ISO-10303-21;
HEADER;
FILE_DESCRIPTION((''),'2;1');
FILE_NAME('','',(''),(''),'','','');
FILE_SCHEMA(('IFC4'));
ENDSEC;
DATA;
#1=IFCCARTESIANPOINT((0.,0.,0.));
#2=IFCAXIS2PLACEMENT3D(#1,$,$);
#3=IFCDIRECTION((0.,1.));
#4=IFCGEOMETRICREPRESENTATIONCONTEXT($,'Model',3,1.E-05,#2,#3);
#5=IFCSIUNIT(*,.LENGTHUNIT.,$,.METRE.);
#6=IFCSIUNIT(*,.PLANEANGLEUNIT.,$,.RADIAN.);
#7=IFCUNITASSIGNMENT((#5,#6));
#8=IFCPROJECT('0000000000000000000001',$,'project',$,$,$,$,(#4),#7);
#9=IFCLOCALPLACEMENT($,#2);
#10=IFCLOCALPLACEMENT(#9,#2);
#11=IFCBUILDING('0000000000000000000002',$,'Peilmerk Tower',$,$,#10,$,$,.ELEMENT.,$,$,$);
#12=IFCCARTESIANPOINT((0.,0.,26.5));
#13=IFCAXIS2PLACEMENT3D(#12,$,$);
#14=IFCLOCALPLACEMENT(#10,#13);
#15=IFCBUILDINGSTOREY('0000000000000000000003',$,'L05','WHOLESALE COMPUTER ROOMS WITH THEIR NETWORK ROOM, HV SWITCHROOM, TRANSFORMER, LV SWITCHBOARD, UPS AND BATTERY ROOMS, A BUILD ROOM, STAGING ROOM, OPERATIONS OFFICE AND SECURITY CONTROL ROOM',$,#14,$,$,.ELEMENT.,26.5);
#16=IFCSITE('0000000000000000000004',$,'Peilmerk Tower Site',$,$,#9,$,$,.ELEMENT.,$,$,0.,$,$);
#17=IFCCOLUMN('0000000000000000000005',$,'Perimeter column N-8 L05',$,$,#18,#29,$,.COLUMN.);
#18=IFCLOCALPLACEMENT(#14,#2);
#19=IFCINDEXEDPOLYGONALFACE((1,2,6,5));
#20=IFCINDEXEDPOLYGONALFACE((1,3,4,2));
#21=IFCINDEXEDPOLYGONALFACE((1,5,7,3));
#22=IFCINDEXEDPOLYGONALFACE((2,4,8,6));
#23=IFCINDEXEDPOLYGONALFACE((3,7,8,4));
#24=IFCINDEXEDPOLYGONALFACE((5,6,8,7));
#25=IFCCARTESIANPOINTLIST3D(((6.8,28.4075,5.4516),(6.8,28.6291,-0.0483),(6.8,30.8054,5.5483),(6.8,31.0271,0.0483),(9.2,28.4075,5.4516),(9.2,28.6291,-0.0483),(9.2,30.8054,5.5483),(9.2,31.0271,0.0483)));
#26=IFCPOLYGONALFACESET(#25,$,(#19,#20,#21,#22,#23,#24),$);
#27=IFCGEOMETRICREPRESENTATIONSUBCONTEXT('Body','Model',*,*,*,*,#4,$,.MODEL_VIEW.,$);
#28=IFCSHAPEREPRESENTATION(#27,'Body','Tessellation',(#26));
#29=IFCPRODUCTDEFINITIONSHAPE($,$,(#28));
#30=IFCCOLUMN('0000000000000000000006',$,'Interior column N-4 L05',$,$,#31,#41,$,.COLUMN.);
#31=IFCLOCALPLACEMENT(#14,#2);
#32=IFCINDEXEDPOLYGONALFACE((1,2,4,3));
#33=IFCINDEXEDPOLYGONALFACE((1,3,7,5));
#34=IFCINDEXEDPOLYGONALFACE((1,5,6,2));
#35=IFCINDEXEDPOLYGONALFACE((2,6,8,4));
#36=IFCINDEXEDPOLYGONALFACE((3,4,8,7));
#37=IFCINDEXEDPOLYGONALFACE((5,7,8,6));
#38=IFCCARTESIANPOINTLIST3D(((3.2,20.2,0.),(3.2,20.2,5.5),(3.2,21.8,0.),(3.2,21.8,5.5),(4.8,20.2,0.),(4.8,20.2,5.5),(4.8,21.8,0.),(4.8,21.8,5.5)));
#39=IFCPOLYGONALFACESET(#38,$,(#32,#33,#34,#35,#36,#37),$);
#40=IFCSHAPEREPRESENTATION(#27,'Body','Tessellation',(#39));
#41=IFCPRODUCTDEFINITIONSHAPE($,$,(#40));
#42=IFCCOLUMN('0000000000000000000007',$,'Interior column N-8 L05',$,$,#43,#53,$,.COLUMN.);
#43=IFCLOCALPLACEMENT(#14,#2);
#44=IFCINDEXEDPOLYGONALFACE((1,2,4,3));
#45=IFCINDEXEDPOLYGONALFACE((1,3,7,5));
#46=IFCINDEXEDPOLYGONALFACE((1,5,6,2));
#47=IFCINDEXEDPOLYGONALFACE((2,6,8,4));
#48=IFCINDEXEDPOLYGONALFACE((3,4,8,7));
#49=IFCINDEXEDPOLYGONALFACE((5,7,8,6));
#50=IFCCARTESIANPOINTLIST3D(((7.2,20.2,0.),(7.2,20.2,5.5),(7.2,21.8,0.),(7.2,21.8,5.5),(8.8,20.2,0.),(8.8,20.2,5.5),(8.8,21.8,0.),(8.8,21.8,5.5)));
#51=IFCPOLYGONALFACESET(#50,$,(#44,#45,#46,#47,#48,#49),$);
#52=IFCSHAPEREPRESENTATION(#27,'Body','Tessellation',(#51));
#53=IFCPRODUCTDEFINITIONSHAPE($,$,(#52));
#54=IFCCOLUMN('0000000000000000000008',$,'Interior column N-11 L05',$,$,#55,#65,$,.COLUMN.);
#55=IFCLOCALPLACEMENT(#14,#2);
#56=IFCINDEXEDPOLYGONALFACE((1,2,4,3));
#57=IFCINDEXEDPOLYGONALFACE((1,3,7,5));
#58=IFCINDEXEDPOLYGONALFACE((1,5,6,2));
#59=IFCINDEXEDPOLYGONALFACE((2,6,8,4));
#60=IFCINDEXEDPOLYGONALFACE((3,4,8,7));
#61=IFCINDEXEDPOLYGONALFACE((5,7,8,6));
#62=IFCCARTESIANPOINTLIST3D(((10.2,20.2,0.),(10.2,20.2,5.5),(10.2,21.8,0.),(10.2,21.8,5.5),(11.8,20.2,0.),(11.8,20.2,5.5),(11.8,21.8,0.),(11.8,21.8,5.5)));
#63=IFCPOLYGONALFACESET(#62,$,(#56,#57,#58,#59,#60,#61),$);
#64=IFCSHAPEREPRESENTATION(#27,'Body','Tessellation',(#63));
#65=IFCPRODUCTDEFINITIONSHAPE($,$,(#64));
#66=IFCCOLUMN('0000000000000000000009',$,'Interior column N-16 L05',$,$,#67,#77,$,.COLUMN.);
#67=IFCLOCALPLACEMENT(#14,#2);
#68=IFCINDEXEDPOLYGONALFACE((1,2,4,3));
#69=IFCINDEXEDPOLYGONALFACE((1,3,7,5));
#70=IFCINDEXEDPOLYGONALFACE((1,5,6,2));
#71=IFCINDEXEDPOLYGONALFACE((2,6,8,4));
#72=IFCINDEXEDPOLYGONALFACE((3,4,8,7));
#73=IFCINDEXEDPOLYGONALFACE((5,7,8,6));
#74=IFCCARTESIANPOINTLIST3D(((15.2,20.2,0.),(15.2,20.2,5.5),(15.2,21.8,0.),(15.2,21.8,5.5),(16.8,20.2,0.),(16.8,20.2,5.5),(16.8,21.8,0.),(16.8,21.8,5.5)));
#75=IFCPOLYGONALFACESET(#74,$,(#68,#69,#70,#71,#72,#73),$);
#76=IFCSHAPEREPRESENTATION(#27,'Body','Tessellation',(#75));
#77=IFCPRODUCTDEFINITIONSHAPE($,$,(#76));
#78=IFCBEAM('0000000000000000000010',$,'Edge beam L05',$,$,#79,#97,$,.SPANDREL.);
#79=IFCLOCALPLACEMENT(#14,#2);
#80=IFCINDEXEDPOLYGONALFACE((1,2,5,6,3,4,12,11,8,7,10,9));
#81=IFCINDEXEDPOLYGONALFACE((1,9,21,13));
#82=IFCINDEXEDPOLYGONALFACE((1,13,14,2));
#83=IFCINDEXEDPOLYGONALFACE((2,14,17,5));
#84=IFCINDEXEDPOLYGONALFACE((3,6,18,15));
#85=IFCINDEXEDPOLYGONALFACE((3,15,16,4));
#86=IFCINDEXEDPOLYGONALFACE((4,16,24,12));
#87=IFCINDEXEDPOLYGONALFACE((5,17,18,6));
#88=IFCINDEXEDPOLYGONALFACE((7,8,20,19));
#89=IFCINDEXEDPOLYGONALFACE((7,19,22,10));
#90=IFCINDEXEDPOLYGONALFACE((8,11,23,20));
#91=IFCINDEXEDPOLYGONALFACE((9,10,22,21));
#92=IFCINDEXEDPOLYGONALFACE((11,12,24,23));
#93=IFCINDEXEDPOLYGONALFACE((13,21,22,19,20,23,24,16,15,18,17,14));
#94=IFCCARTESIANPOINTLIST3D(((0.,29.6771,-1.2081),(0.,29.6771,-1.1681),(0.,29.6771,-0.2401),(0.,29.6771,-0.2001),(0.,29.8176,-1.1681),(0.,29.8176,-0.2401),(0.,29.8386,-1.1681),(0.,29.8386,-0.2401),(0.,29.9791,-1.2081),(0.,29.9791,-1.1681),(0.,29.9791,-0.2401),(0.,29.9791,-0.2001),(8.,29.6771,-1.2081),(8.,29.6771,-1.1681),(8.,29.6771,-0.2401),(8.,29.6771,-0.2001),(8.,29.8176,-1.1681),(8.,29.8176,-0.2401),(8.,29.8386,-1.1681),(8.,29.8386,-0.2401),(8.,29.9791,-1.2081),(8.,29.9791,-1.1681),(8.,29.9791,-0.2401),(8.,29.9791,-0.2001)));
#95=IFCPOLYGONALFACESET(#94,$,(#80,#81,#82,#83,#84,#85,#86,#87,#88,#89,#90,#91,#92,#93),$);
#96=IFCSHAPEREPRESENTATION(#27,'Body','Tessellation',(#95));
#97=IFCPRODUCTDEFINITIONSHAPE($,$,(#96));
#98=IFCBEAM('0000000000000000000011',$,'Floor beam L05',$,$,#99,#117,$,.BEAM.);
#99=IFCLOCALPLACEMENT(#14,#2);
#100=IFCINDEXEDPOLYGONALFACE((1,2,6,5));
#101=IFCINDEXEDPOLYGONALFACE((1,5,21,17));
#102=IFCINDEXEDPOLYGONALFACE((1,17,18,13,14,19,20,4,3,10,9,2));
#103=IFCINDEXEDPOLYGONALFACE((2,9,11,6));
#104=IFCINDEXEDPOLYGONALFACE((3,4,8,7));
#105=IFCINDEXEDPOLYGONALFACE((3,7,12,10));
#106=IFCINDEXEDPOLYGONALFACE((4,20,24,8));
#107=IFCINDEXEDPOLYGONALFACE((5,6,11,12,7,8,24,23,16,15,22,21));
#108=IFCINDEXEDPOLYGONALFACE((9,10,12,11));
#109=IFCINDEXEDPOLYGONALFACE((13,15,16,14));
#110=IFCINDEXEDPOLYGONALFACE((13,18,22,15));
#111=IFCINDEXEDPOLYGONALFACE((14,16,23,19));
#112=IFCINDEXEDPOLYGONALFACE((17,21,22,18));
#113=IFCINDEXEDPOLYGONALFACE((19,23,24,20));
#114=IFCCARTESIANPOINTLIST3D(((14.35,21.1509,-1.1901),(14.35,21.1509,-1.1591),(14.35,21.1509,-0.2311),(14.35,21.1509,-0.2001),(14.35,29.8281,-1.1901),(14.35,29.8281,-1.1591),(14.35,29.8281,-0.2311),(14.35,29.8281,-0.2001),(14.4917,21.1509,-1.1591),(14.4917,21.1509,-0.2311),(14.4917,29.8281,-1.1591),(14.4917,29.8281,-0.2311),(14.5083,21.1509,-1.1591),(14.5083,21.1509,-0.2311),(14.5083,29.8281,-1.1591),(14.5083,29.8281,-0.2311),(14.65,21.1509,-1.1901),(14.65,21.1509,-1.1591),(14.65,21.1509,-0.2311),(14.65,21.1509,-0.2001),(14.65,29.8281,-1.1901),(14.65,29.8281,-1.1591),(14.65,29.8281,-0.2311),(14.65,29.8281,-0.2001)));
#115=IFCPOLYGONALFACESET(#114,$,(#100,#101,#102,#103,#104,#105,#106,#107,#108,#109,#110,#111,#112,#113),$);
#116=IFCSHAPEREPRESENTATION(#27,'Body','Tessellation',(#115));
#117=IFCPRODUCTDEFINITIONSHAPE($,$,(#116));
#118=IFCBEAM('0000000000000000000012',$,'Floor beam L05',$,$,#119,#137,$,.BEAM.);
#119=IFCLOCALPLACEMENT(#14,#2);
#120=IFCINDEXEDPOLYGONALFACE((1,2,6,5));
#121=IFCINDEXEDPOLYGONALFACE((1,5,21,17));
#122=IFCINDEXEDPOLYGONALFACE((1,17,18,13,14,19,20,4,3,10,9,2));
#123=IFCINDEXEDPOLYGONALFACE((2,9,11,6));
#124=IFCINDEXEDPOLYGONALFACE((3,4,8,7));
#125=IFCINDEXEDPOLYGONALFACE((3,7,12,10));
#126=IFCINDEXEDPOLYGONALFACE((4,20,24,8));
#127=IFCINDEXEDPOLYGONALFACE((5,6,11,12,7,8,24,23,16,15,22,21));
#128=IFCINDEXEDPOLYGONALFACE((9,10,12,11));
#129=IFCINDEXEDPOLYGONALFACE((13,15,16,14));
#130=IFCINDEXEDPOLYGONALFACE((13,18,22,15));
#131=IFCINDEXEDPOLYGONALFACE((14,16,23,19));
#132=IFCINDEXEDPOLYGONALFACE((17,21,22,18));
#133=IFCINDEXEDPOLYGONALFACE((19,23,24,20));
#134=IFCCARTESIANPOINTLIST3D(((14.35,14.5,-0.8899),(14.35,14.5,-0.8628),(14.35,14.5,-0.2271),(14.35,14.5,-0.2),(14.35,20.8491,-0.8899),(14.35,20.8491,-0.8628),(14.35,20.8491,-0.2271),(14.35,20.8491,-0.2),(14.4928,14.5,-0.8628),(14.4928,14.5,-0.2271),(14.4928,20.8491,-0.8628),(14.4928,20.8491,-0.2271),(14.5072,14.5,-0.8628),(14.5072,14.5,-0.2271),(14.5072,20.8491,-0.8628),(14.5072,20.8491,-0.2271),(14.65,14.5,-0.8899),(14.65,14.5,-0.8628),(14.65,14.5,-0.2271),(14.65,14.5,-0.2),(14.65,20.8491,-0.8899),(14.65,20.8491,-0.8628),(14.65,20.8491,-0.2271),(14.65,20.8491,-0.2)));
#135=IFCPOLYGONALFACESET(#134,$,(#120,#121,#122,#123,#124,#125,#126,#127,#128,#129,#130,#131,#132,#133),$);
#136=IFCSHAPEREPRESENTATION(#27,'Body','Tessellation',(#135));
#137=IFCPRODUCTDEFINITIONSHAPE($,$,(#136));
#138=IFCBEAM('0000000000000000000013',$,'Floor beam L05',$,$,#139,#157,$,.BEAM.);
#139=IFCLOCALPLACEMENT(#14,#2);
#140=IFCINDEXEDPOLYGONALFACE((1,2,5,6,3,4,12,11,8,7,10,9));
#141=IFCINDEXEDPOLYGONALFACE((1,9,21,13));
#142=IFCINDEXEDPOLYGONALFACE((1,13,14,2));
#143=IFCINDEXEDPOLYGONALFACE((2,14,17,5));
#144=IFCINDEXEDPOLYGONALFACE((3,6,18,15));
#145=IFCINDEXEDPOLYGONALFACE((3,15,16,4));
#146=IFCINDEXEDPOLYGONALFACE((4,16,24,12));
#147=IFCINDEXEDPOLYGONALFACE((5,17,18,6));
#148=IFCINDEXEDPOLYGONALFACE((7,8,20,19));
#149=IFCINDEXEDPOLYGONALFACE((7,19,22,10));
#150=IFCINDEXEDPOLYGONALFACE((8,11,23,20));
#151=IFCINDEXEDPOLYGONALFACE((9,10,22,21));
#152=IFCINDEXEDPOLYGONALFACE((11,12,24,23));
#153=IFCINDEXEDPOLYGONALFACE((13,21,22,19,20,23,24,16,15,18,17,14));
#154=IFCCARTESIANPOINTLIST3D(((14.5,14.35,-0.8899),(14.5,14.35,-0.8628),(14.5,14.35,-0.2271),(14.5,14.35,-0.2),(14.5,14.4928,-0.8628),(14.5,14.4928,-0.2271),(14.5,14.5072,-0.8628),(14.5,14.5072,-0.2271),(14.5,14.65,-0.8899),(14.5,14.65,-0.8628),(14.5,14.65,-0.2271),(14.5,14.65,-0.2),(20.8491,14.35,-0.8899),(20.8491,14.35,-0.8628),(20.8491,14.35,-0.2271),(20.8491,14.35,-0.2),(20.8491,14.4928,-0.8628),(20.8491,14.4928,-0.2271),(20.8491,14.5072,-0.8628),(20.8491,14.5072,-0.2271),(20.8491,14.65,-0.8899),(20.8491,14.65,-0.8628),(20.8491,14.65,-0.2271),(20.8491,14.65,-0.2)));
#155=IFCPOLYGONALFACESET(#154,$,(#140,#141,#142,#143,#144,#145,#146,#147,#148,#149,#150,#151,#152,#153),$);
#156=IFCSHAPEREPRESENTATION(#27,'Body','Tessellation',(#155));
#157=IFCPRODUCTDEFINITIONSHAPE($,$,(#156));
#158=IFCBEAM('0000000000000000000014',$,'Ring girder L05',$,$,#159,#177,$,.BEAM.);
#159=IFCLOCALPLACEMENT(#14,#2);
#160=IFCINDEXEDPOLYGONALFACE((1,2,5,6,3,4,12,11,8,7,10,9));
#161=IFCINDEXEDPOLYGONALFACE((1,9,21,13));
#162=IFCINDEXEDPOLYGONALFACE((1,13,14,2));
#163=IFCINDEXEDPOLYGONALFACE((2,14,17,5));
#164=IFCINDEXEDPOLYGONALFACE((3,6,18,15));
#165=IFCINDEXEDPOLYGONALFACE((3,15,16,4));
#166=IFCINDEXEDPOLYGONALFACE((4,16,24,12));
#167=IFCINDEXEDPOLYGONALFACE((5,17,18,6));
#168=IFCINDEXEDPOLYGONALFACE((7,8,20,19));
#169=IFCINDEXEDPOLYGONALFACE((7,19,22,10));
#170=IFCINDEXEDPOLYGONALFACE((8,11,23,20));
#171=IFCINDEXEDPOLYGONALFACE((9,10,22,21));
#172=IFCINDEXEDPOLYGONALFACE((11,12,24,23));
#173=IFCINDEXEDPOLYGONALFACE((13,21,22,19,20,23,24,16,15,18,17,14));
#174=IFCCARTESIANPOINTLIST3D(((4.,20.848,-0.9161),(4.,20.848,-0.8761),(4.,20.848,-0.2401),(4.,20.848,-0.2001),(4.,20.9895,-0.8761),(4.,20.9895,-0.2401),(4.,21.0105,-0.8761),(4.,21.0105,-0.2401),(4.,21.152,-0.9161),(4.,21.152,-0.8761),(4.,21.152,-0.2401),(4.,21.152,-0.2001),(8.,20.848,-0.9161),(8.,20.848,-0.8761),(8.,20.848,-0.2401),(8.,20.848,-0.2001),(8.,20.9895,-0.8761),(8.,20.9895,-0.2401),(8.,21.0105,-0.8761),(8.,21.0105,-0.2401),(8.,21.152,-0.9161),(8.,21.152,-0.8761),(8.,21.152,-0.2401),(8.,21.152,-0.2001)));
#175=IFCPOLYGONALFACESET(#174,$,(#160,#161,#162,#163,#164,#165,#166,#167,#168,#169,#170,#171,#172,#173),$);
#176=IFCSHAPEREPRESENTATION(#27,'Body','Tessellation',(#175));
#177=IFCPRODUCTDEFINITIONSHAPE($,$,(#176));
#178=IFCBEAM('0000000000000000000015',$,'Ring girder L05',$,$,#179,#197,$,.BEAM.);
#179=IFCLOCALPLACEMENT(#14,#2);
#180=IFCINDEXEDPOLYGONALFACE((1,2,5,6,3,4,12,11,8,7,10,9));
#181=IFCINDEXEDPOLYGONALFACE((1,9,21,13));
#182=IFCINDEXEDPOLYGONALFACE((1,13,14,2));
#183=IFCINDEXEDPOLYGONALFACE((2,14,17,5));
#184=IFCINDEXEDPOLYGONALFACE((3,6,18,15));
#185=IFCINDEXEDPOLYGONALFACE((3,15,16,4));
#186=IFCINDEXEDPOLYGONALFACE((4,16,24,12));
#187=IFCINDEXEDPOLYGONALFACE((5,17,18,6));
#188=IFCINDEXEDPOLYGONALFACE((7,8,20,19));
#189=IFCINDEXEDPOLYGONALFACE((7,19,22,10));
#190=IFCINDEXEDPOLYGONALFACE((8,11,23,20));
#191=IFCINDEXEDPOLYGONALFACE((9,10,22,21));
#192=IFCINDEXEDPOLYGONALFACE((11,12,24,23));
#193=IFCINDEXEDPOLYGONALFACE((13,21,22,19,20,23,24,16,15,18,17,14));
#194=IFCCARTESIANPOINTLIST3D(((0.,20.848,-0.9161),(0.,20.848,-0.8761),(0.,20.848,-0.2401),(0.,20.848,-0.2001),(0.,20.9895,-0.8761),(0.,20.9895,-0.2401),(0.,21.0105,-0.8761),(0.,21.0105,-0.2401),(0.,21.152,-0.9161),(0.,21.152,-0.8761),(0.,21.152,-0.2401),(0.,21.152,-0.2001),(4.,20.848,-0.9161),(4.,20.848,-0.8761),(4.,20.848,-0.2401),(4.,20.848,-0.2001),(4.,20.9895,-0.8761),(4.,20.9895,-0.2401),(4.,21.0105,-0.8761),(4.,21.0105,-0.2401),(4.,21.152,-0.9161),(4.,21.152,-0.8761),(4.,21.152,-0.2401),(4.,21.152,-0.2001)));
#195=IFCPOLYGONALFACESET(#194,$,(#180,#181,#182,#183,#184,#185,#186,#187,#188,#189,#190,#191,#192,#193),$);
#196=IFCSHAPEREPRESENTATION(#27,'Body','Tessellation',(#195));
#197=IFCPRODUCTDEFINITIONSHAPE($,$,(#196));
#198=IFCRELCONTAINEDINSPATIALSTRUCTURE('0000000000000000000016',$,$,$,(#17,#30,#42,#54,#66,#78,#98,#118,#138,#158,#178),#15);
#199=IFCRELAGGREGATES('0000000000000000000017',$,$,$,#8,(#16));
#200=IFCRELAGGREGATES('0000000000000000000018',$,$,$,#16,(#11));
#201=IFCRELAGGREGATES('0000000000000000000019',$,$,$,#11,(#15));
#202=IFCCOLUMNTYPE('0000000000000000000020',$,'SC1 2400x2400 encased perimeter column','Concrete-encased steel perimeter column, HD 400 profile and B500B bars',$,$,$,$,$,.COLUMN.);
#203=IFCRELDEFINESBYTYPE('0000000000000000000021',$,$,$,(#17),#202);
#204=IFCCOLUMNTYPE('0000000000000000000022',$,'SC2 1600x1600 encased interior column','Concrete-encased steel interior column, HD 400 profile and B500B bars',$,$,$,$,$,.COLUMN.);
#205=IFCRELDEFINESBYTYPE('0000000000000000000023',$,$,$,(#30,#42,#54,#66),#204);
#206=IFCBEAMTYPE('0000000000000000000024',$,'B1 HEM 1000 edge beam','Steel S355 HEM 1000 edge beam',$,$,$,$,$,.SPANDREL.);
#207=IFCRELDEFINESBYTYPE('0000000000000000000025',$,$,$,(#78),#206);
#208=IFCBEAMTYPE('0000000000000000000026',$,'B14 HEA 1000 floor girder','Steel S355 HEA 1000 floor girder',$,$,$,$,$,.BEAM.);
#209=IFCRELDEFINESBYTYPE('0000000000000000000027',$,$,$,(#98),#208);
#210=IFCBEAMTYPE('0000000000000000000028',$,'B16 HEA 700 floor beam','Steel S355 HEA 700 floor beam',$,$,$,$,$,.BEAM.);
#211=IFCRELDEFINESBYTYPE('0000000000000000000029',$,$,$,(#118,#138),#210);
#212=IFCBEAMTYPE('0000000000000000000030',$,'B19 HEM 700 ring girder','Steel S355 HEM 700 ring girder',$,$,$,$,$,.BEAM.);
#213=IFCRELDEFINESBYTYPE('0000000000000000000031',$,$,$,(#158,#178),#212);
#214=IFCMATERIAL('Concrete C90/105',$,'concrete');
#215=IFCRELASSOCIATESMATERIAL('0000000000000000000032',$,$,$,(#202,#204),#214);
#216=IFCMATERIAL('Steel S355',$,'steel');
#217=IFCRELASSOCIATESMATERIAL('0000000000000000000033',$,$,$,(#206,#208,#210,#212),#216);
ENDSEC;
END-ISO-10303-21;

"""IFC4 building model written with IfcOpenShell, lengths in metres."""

from ifc_helpers import new_model, si_unit, direction, frame, origin, origin_2d, place, context, subcontext, project, spatial, rectangle, i_section, extrude, material, material_profile, profile_set, type_object, element, save


model = new_model("IFC4")

# Units and contexts
model_context = context("Model", 3, precision=1e-05, world=origin(), true_north=direction((0.0, 1.0)))
body_context = subcontext(model_context, "Body", "Model", "MODEL_VIEW")
ifc_project = project(units=[si_unit("LENGTHUNIT", "METRE"), si_unit("PLANEANGLEUNIT", "RADIAN")], contexts=[model_context])

# Site, building, storey
site_placement = place(None, origin())
site = spatial("IfcSite", under=ifc_project, at=site_placement, Name="Peilmerk Tower Site", CompositionType="ELEMENT", RefElevation=0.0)
building_placement = place(site_placement, origin())
building = spatial("IfcBuilding", under=site, at=building_placement, Name="Peilmerk Tower", CompositionType="ELEMENT")
storey_placement = place(building_placement, frame((0.0, 0.0, 26.5)))
storey = spatial("IfcBuildingStorey", under=building, at=storey_placement, Name="L05", Description="WHOLESALE COMPUTER ROOMS WITH THEIR NETWORK ROOM, HV SWITCHROOM, TRANSFORMER, LV SWITCHBOARD, UPS AND BATTERY ROOMS, A BUILD ROOM, STAGING ROOM, OPERATIONS OFFICE AND SECURITY CONTROL ROOM", CompositionType="ELEMENT", Elevation=26.5)

# Columns
ifc_material_1 = material(Name="Concrete C90/105", Category="concrete")
ifc_material_profile_1 = material_profile(ifc_material_1, rectangle(XDim=2.3999, YDim=2.3999, at=origin_2d()), Name="RC 2400x2400")
ifc_profile_set_1 = profile_set([ifc_material_profile_1], Name="Concrete C90/105")
column_type_1 = type_object("IfcColumnType", Name="SC1 2400x2400 encased perimeter column", Description="Concrete-encased steel perimeter column, HD 400 profile and B500B bars", PredefinedType="COLUMN", material=ifc_profile_set_1)
column_placement = place(storey_placement, frame((8.0, 29.8281, 0.0), z_axis=(0.0, -0.040273, 0.999189), x_axis=(1.0, 0.0, 0.0)))
element("IfcColumn", 1, at=column_placement, inside=storey, type_object=column_type_1, Name="Perimeter column N-8 L05", PredefinedType="COLUMN", context=body_context, shape_type="SweptSolid", body=[
    extrude(rectangle(XDim=2.3999, YDim=2.3999, at=origin_2d()), origin(), (0.0, 0.0, 1.0), 5.5044),
])
ifc_material_profile_2 = material_profile(ifc_material_1, rectangle(XDim=1.6001, YDim=1.6001, at=origin_2d()), Name="RC 1600x1600")
ifc_profile_set_2 = profile_set([ifc_material_profile_2], Name="Concrete C90/105")
column_type_2 = type_object("IfcColumnType", Name="SC2 1600x1600 encased interior column", Description="Concrete-encased steel interior column, HD 400 profile and B500B bars", PredefinedType="COLUMN", material=ifc_profile_set_2)
for number, where, z_axis, x_axis, name in (
    (2, (4.0, 21.0, 0.0), (0.0, 0.0, 1.0), (1.0, 0.0, 0.0), "Interior column N-4 L05"),
    (3, (8.0, 21.0, 0.0), (0.0, 0.0, 1.0), (1.0, 0.0, 0.0), "Interior column N-8 L05"),
    (4, (11.0, 21.0, 0.0), (0.0, 0.0, 1.0), (1.0, 0.0, 0.0), "Interior column N-11 L05"),
    (5, (16.0, 21.0, 0.0), (0.0, 0.0, 1.0), (1.0, 0.0, 0.0), "Interior column N-16 L05"),
):
    element("IfcColumn", number, at=place(storey_placement, frame(where, z_axis=z_axis, x_axis=x_axis)), inside=storey, type_object=column_type_2, Name=name, PredefinedType="COLUMN", context=body_context, shape_type="SweptSolid", body=[
        extrude(rectangle(XDim=1.6001, YDim=1.6001, at=origin_2d()), origin(), (0.0, 0.0, 1.0), 5.5),
    ])

# Beams
ifc_material_2 = material(Name="Steel S355", Category="steel")
ifc_material_profile_3 = material_profile(ifc_material_2, i_section(OverallWidth=0.302, OverallDepth=1.0081, WebThickness=0.021, FlangeThickness=0.04, at=origin_2d()), Name="HEM 1000")
ifc_profile_set_3 = profile_set([ifc_material_profile_3], Name="Steel S355")
beam_type_1 = type_object("IfcBeamType", Name="B1 HEM 1000 edge beam", Description="Steel S355 HEM 1000 edge beam", PredefinedType="SPANDREL", material=ifc_profile_set_3)
beam_1_placement = place(storey_placement, frame((8.0, 29.8281, -0.7041), z_axis=(-1.0, 0.0, 0.0), x_axis=(0.0, -1.0, 0.0)))
element("IfcBeam", 6, at=beam_1_placement, inside=storey, type_object=beam_type_1, Name="Edge beam L05", PredefinedType="SPANDREL", context=body_context, shape_type="SweptSolid", body=[
    extrude(i_section(OverallWidth=0.302, OverallDepth=1.0081, WebThickness=0.021, FlangeThickness=0.04, at=origin_2d()), origin(), (0.0, 0.0, 1.0), 8.0),
])
ifc_material_profile_4 = material_profile(ifc_material_2, i_section(OverallWidth=0.3, OverallDepth=0.99, WebThickness=0.0166, FlangeThickness=0.031, at=origin_2d()), Name="HEA 1000")
ifc_profile_set_4 = profile_set([ifc_material_profile_4], Name="Steel S355")
beam_type_2 = type_object("IfcBeamType", Name="B14 HEA 1000 floor girder", Description="Steel S355 HEA 1000 floor girder", PredefinedType="BEAM", material=ifc_profile_set_4)
beam_2_placement = place(storey_placement, frame((14.5, 21.1509, -0.6951), z_axis=(0.0, 1.0, 0.0), x_axis=(-1.0, 0.0, 0.0)))
element("IfcBeam", 7, at=beam_2_placement, inside=storey, type_object=beam_type_2, Name="Floor beam L05", PredefinedType="BEAM", context=body_context, shape_type="SweptSolid", body=[
    extrude(i_section(OverallWidth=0.3, OverallDepth=0.99, WebThickness=0.0166, FlangeThickness=0.031, at=origin_2d()), origin(), (0.0, 0.0, 1.0), 8.6772),
])
ifc_material_profile_5 = material_profile(ifc_material_2, i_section(OverallWidth=0.3, OverallDepth=0.6899, WebThickness=0.0144, FlangeThickness=0.0271, at=origin_2d()), Name="HEA 700")
ifc_profile_set_5 = profile_set([ifc_material_profile_5], Name="Steel S355")
beam_type_3 = type_object("IfcBeamType", Name="B16 HEA 700 floor beam", Description="Steel S355 HEA 700 floor beam", PredefinedType="BEAM", material=ifc_profile_set_5)
for number, where, z_axis, x_axis, name in (
    (8, (14.5, 14.5, -0.5449), (0.0, 1.0, 0.0), (-1.0, 0.0, 0.0), "Floor beam L05"),
    (9, (14.5, 14.5, -0.5449), (1.0, 0.0, 0.0), (0.0, 1.0, 0.0), "Floor beam L05"),
):
    element("IfcBeam", number, at=place(storey_placement, frame(where, z_axis=z_axis, x_axis=x_axis)), inside=storey, type_object=beam_type_3, Name=name, PredefinedType="BEAM", context=body_context, shape_type="SweptSolid", body=[
        extrude(i_section(OverallWidth=0.3, OverallDepth=0.6899, WebThickness=0.0144, FlangeThickness=0.0271, at=origin_2d()), origin(), (0.0, 0.0, 1.0), 6.3491),
    ])
ifc_material_profile_6 = material_profile(ifc_material_2, i_section(OverallWidth=0.304, OverallDepth=0.7161, WebThickness=0.021, FlangeThickness=0.04, at=origin_2d()), Name="HEM 700")
ifc_profile_set_6 = profile_set([ifc_material_profile_6], Name="Steel S355")
beam_type_4 = type_object("IfcBeamType", Name="B19 HEM 700 ring girder", Description="Steel S355 HEM 700 ring girder", PredefinedType="BEAM", material=ifc_profile_set_6)
for number, where, z_axis, x_axis, name in (
    (10, (8.0, 21.0, -0.5581), (-1.0, 0.0, 0.0), (0.0, -1.0, 0.0), "Ring girder L05"),
    (11, (4.0, 21.0, -0.5581), (-1.0, 0.0, 0.0), (0.0, -1.0, 0.0), "Ring girder L05"),
):
    element("IfcBeam", number, at=place(storey_placement, frame(where, z_axis=z_axis, x_axis=x_axis)), inside=storey, type_object=beam_type_4, Name=name, PredefinedType="BEAM", context=body_context, shape_type="SweptSolid", body=[
        extrude(i_section(OverallWidth=0.304, OverallDepth=0.7161, WebThickness=0.021, FlangeThickness=0.04, at=origin_2d()), origin(), (0.0, 0.0, 1.0), 4.0),
    ])

save(model, "model.ifc")
